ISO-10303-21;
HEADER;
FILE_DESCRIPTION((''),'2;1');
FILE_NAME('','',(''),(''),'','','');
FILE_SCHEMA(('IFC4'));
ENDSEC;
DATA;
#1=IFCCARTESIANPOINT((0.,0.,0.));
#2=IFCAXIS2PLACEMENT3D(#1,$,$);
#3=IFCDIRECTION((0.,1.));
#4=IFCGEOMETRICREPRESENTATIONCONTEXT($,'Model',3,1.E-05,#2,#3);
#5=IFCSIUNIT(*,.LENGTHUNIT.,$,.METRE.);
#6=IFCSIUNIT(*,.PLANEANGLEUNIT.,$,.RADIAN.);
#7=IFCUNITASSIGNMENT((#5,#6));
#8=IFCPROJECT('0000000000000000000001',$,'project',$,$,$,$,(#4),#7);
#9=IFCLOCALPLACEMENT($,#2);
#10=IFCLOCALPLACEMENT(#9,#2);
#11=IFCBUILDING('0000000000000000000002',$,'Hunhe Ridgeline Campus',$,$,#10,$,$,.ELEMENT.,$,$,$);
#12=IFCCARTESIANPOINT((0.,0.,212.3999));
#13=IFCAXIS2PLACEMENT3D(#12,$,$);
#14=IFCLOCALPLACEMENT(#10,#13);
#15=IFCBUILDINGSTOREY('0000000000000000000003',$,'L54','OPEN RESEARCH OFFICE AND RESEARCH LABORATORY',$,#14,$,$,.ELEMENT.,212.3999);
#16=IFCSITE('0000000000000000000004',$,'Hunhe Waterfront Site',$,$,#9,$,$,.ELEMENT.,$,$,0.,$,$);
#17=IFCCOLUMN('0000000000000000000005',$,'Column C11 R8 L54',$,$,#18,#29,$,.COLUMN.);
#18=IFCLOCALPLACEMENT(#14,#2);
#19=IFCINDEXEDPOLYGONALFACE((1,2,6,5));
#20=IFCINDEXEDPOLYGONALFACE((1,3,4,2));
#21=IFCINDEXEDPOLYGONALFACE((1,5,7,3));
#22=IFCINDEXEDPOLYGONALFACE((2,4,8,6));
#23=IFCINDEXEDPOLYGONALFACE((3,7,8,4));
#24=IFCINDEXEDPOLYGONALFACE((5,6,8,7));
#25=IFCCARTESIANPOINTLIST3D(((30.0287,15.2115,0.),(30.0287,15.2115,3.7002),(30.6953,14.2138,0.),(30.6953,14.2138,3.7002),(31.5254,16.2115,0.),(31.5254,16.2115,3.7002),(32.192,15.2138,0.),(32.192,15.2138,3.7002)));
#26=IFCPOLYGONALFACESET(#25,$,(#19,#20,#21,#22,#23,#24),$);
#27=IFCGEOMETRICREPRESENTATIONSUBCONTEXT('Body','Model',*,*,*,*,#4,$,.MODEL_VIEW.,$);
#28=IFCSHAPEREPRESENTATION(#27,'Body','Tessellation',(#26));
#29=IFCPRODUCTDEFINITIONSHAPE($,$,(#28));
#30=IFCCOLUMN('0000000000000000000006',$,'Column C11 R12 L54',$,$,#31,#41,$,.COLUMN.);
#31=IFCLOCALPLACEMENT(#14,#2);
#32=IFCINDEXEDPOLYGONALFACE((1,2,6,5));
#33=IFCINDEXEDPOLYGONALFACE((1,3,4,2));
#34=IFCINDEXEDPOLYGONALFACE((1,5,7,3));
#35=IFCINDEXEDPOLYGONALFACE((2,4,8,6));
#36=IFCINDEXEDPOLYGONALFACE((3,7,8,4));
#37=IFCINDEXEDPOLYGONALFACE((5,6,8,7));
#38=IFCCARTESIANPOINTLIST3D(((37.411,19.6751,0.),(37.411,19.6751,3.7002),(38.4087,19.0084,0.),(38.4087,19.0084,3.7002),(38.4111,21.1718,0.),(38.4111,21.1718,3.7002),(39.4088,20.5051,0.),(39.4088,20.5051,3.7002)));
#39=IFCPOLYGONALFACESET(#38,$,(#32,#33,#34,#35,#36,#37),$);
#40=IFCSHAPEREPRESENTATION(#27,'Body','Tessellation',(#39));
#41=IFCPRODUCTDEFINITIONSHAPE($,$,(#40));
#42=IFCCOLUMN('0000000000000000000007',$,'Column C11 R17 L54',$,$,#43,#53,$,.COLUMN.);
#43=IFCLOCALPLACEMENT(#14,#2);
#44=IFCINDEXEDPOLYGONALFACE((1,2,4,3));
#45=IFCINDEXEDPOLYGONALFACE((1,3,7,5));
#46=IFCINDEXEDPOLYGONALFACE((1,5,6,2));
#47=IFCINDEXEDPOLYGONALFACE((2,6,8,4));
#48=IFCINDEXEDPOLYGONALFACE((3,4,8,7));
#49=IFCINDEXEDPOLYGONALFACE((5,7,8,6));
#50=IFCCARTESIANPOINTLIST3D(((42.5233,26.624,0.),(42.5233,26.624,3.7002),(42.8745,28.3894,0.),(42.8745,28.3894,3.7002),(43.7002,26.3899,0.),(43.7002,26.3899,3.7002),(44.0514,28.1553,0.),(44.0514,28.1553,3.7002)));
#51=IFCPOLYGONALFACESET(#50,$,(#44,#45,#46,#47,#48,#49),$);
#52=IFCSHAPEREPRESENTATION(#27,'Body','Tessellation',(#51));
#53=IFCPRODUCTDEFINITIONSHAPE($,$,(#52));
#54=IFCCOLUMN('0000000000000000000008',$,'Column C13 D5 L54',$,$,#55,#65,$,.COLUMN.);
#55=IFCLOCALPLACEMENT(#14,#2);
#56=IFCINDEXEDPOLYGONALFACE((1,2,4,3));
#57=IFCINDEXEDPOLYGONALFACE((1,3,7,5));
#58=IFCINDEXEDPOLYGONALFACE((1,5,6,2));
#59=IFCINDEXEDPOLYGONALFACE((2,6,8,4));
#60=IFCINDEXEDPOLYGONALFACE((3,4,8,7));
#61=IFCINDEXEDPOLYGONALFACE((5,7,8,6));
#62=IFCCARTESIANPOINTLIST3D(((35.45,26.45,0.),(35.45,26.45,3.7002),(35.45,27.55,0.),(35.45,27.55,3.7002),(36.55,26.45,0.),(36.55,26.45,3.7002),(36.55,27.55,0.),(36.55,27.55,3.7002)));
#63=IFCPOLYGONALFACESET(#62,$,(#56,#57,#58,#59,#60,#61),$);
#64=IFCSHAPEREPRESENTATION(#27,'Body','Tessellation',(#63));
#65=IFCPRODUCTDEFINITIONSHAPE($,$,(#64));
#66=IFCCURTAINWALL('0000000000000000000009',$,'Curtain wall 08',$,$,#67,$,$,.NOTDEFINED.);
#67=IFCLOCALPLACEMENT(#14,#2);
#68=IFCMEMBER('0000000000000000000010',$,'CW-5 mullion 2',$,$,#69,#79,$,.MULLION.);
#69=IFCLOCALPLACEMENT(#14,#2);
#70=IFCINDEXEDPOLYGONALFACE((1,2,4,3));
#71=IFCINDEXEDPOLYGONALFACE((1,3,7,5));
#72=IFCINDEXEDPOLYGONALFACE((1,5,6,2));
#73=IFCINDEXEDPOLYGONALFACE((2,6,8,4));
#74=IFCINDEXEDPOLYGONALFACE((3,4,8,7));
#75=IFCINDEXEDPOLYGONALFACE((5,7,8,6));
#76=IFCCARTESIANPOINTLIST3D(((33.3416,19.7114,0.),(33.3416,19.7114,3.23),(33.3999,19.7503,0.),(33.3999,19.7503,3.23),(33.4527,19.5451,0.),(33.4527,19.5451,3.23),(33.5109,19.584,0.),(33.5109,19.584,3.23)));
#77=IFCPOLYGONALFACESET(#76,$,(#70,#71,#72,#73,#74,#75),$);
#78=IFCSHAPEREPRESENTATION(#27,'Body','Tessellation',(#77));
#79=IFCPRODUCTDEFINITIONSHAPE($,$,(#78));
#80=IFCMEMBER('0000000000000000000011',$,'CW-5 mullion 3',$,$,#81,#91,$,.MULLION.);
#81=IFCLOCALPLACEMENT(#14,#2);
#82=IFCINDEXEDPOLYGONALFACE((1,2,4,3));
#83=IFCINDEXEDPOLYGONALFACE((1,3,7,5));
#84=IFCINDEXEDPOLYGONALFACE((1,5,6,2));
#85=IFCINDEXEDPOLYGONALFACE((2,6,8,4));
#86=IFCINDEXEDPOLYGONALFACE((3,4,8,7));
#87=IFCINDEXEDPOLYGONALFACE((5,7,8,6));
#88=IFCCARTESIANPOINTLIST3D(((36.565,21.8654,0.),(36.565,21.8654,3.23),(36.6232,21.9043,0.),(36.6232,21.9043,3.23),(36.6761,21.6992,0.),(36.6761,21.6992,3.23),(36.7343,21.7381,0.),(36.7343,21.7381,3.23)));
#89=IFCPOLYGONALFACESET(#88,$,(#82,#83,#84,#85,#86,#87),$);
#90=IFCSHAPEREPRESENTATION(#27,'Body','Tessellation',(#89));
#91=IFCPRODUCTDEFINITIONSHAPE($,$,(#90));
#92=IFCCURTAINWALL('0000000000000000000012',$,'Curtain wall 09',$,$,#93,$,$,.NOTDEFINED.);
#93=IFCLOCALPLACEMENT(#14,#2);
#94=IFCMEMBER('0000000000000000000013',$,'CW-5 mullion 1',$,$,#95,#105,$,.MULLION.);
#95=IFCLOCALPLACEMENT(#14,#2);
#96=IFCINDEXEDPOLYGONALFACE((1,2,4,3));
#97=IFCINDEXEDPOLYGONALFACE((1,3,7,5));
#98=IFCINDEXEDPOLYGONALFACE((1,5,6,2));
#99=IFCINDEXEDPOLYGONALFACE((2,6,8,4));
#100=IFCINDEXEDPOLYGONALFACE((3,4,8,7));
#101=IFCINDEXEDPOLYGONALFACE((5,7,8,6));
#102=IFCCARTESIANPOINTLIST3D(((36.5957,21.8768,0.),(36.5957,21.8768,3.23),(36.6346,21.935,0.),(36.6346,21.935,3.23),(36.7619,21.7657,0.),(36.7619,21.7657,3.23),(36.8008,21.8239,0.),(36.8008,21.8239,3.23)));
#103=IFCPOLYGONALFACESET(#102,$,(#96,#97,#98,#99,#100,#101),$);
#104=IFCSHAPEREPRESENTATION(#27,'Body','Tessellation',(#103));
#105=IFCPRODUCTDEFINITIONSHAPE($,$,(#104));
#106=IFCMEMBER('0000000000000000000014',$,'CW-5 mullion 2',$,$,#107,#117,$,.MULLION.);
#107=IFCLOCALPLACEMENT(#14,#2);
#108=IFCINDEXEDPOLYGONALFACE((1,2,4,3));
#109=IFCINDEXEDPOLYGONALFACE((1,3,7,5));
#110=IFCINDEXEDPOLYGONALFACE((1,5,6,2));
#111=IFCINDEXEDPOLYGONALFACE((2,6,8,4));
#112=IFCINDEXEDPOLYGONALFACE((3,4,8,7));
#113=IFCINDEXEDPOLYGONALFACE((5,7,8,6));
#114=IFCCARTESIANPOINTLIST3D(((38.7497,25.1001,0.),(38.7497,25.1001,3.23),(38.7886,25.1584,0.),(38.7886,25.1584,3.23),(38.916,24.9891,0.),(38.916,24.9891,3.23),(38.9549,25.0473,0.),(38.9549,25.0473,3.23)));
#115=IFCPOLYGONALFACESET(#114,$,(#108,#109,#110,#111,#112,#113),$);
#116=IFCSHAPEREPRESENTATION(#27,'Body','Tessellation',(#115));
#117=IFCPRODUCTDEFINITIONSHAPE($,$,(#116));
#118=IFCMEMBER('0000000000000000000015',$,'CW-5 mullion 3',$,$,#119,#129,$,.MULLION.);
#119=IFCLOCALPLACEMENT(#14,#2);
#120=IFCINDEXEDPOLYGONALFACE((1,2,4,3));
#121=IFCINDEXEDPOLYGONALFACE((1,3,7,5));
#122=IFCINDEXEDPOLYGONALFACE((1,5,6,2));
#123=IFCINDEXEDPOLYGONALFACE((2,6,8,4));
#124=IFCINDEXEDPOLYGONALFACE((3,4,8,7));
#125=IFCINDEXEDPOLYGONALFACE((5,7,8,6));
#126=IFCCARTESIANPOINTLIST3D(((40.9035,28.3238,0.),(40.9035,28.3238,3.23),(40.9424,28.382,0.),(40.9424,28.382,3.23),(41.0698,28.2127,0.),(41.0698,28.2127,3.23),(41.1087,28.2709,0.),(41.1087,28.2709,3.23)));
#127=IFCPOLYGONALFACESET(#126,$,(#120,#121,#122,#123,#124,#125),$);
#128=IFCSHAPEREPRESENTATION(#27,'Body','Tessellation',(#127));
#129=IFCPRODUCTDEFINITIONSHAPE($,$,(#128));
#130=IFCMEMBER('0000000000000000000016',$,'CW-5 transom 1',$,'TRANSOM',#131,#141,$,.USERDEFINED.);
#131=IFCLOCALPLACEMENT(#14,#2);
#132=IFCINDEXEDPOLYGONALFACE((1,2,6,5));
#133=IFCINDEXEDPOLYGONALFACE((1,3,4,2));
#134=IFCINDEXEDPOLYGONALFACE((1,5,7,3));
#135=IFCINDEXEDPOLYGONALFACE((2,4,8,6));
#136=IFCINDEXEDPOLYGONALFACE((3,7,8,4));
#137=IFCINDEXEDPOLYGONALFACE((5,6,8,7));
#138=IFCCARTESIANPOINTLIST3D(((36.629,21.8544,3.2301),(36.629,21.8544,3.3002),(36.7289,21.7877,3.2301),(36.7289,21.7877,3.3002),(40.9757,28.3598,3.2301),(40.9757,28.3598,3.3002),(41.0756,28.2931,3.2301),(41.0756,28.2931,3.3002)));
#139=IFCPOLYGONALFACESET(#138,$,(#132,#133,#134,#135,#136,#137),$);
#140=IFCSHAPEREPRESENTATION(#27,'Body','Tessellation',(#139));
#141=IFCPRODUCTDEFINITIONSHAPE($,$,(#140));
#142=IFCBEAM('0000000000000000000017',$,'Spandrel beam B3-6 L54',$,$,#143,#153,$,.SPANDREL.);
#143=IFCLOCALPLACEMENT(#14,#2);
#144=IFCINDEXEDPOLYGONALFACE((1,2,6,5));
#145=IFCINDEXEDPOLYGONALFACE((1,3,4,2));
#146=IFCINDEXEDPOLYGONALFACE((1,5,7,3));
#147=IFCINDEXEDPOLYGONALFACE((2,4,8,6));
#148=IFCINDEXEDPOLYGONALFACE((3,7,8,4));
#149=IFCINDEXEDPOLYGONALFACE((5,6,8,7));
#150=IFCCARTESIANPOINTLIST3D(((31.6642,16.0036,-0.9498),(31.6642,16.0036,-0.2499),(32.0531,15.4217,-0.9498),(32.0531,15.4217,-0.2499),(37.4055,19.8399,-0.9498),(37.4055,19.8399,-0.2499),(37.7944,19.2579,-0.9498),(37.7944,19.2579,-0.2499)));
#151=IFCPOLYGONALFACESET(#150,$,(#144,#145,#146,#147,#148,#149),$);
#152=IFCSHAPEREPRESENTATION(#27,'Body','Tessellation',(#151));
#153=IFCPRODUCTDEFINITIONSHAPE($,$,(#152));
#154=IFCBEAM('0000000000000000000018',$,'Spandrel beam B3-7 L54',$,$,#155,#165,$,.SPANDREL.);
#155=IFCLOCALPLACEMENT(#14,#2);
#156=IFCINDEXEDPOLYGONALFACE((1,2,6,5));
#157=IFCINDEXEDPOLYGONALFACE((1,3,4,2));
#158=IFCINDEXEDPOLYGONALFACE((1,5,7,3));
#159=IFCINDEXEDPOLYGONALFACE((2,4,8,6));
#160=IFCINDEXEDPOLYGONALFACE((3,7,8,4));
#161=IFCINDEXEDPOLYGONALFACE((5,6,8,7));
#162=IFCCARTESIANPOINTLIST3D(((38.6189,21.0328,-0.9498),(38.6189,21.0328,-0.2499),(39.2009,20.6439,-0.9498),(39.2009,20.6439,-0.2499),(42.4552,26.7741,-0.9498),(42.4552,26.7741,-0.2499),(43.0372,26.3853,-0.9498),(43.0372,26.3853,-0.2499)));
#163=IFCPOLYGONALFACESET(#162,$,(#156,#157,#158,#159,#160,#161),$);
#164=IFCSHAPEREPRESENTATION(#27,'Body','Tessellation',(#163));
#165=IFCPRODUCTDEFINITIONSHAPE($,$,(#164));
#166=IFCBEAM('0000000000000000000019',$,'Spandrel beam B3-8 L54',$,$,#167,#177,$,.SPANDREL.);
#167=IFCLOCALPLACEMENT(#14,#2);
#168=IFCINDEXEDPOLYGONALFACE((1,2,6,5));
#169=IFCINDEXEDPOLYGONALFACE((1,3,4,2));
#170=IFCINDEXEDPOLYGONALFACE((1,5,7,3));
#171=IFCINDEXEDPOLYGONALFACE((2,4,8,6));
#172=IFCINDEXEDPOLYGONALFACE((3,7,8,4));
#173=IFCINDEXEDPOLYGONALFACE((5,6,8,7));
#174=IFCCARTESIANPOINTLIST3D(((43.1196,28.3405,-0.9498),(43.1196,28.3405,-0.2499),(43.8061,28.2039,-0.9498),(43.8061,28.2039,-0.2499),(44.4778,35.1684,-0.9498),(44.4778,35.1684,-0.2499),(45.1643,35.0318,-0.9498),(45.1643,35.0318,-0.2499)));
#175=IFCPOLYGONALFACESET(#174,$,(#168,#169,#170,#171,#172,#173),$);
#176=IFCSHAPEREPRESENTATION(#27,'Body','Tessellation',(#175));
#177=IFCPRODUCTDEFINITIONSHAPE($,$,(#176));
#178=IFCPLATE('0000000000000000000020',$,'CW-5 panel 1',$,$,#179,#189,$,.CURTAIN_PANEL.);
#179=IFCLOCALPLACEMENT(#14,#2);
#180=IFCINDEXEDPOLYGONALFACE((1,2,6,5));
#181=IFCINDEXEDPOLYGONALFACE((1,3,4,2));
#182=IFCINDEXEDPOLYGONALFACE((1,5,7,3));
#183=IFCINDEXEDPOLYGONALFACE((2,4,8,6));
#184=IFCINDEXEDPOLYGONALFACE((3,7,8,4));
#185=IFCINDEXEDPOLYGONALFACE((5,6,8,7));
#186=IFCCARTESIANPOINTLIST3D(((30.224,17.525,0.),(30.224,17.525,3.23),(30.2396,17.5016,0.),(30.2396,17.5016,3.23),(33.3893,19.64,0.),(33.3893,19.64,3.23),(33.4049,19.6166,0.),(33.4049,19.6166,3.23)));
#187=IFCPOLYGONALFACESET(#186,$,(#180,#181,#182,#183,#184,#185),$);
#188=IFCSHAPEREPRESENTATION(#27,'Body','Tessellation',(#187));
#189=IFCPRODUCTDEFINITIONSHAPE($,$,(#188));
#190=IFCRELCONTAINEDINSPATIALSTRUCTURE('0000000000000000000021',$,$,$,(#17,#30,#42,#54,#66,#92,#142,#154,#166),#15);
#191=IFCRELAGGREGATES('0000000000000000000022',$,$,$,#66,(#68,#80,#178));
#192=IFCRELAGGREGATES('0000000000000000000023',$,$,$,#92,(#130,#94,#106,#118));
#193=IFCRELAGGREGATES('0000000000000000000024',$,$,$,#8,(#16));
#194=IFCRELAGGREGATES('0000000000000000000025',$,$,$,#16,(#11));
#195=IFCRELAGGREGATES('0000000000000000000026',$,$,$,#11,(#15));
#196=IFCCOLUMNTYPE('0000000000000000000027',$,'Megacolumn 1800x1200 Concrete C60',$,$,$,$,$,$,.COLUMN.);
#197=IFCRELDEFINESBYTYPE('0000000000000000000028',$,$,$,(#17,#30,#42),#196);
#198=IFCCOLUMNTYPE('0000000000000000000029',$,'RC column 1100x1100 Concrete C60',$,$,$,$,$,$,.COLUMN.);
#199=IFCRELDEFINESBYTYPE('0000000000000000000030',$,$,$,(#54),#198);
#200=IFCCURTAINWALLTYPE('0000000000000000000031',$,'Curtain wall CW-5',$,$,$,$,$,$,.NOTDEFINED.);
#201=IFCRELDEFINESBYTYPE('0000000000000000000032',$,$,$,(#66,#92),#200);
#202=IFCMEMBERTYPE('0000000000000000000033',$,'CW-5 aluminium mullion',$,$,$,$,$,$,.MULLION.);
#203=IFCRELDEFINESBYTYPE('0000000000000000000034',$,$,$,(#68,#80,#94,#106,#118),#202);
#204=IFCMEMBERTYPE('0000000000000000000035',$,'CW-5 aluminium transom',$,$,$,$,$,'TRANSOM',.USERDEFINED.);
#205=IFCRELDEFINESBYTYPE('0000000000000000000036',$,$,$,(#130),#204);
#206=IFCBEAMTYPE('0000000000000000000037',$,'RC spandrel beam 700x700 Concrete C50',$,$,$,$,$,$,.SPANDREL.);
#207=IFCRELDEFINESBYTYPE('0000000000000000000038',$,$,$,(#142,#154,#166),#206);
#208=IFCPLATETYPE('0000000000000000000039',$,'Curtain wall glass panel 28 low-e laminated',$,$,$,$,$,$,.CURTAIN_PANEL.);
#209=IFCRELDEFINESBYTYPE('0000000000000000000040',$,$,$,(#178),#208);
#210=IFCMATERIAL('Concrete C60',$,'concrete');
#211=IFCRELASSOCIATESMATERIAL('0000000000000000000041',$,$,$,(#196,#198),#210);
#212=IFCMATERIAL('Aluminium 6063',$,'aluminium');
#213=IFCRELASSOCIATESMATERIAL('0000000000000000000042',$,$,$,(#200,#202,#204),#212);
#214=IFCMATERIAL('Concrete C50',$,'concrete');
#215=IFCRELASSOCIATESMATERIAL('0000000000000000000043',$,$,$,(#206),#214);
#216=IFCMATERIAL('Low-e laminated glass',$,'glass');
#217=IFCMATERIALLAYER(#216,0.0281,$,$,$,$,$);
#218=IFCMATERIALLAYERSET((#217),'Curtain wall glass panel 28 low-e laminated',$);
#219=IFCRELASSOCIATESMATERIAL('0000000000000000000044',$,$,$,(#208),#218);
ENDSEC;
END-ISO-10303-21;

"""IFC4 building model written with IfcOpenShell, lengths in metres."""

from ifc_helpers import new_model, si_unit, direction, frame, origin, origin_2d, place, context, subcontext, project, spatial, rectangle, extrude, material, layer, layer_set, material_profile, profile_set, type_object, element, aggregate, save


model = new_model("IFC4")

# Units and contexts
model_context = context("Model", 3, precision=1e-05, world=origin(), true_north=direction((0.0, 1.0)))
body_context = subcontext(model_context, "Body", "Model", "MODEL_VIEW")
ifc_project = project(units=[si_unit("LENGTHUNIT", "METRE"), si_unit("PLANEANGLEUNIT", "RADIAN")], contexts=[model_context])

# Site, building, storey
site_placement = place(None, origin())
site = spatial("IfcSite", under=ifc_project, at=site_placement, Name="Hunhe Waterfront Site", CompositionType="ELEMENT", RefElevation=0.0)
building_placement = place(site_placement, origin())
building = spatial("IfcBuilding", under=site, at=building_placement, Name="Hunhe Ridgeline Campus", CompositionType="ELEMENT")
storey_placement = place(building_placement, frame((0.0, 0.0, 212.3999)))
storey = spatial("IfcBuildingStorey", under=building, at=storey_placement, Name="L54", Description="OPEN RESEARCH OFFICE AND RESEARCH LABORATORY", CompositionType="ELEMENT", Elevation=212.3999)

# Columns
ifc_material_1 = material(Name="Concrete C60", Category="concrete")
ifc_material_profile_1 = material_profile(ifc_material_1, rectangle(XDim=1.8, YDim=1.2, at=origin_2d()))
ifc_profile_set_1 = profile_set([ifc_material_profile_1], Name="Concrete C60")
column_type_1 = type_object("IfcColumnType", Name="Megacolumn 1800x1200 Concrete C60", PredefinedType="COLUMN", material=ifc_profile_set_1)
for number, where, z_axis, x_axis, name in (
    (1, (31.1104, 15.2126, 0.0), (0.0, 0.0, 1.0), (0.83147, 0.55557, 0.0), "Column C11 R8 L54"),
    (2, (38.4099, 20.0901, 0.0), (0.0, 0.0, 1.0), (0.55557, 0.83147, 0.0), "Column C11 R12 L54"),
    (3, (43.2874, 27.3896, 0.0), (0.0, 0.0, 1.0), (0.19509, 0.980785, 0.0), "Column C11 R17 L54"),
):
    element("IfcColumn", number, at=place(storey_placement, frame(where, z_axis=z_axis, x_axis=x_axis)), inside=storey, type_object=column_type_1, Name=name, PredefinedType="COLUMN", context=body_context, shape_type="SweptSolid", body=[
        extrude(rectangle(XDim=1.8, YDim=1.2, at=origin_2d()), origin(), (0.0, 0.0, 1.0), 3.7002),
    ])
ifc_material_profile_2 = material_profile(ifc_material_1, rectangle(XDim=1.1001, YDim=1.1001, at=origin_2d()))
ifc_profile_set_2 = profile_set([ifc_material_profile_2], Name="Concrete C60")
column_type_2 = type_object("IfcColumnType", Name="RC column 1100x1100 Concrete C60", PredefinedType="COLUMN", material=ifc_profile_set_2)
column_placement = place(storey_placement, frame((36.0, 27.0, 0.0), z_axis=(0.0, 0.0, 1.0), x_axis=(1.0, 0.0, 0.0)))
element("IfcColumn", 4, at=column_placement, inside=storey, type_object=column_type_2, Name="Column C13 D5 L54", PredefinedType="COLUMN", context=body_context, shape_type="SweptSolid", body=[
    extrude(rectangle(XDim=1.1001, YDim=1.1001, at=origin_2d()), origin(), (0.0, 0.0, 1.0), 3.7002),
])

# Curtain walls, members
ifc_material_2 = material(Name="Aluminium 6063", Category="aluminium")
curtain_wall_type = type_object("IfcCurtainWallType", Name="Curtain wall CW-5", PredefinedType="NOTDEFINED", material=ifc_material_2)
curtain_wall_1_placement = place(storey_placement, origin())
curtain_wall_1 = element("IfcCurtainWall", 5, at=curtain_wall_1_placement, inside=storey, type_object=curtain_wall_type, Name="Curtain wall 08", PredefinedType="NOTDEFINED")
ifc_material_profile_3 = material_profile(ifc_material_2, rectangle(XDim=0.2, YDim=0.0701, at=origin_2d()))
ifc_profile_set_3 = profile_set([ifc_material_profile_3], Name="Aluminium 6063")
member_type_1 = type_object("IfcMemberType", Name="CW-5 aluminium mullion", PredefinedType="MULLION", material=ifc_profile_set_3)
member_1_placement = place(storey_placement, frame((33.4263, 19.6477, 0.0), z_axis=(0.0, 0.0, 1.0), x_axis=(-0.55557, 0.83147, 0.0)))
member_1 = element("IfcMember", 6, at=member_1_placement, type_object=member_type_1, Name="CW-5 mullion 2", PredefinedType="MULLION", context=body_context, shape_type="SweptSolid", body=[
    extrude(rectangle(XDim=0.2, YDim=0.0701, at=origin_2d()), origin(), (0.0, 0.0, 1.0), 3.23),
])
member_2_placement = place(storey_placement, frame((36.6497, 21.8018, 0.0), z_axis=(0.0, 0.0, 1.0), x_axis=(-0.55557, 0.83147, 0.0)))
member_2 = element("IfcMember", 7, at=member_2_placement, type_object=member_type_1, Name="CW-5 mullion 3", PredefinedType="MULLION", context=body_context, shape_type="SweptSolid", body=[
    extrude(rectangle(XDim=0.2, YDim=0.0701, at=origin_2d()), origin(), (0.0, 0.0, 1.0), 3.23),
])
curtain_wall_2_placement = place(storey_placement, origin())
curtain_wall_2 = element("IfcCurtainWall", 8, at=curtain_wall_2_placement, inside=storey, type_object=curtain_wall_type, Name="Curtain wall 09", PredefinedType="NOTDEFINED")
member_3_placement = place(storey_placement, frame((36.6982, 21.8503, 0.0), z_axis=(0.0, 0.0, 1.0), x_axis=(-0.83147, 0.55557, 0.0)))
member_3 = element("IfcMember", 9, at=member_3_placement, type_object=member_type_1, Name="CW-5 mullion 1", PredefinedType="MULLION", context=body_context, shape_type="SweptSolid", body=[
    extrude(rectangle(XDim=0.2, YDim=0.0701, at=origin_2d()), origin(), (0.0, 0.0, 1.0), 3.23),
])
member_4_placement = place(storey_placement, frame((38.8523, 25.0737, 0.0), z_axis=(0.0, 0.0, 1.0), x_axis=(-0.83147, 0.55557, 0.0)))
member_4 = element("IfcMember", 10, at=member_4_placement, type_object=member_type_1, Name="CW-5 mullion 2", PredefinedType="MULLION", context=body_context, shape_type="SweptSolid", body=[
    extrude(rectangle(XDim=0.2, YDim=0.0701, at=origin_2d()), origin(), (0.0, 0.0, 1.0), 3.23),
])
member_5_placement = place(storey_placement, frame((41.0061, 28.2974, 0.0), z_axis=(0.0, 0.0, 1.0), x_axis=(-0.83147, 0.55557, 0.0)))
member_5 = element("IfcMember", 11, at=member_5_placement, type_object=member_type_1, Name="CW-5 mullion 3", PredefinedType="MULLION", context=body_context, shape_type="SweptSolid", body=[
    extrude(rectangle(XDim=0.2, YDim=0.0701, at=origin_2d()), origin(), (0.0, 0.0, 1.0), 3.23),
])
ifc_material_profile_4 = material_profile(ifc_material_2, rectangle(XDim=0.1201, YDim=0.0701, at=origin_2d()))
ifc_profile_set_4 = profile_set([ifc_material_profile_4], Name="Aluminium 6063")
member_type_2 = type_object("IfcMemberType", Name="CW-5 aluminium transom", ElementType="TRANSOM", PredefinedType="USERDEFINED", material=ifc_profile_set_4)
member_6_placement = place(storey_placement, frame((36.679, 21.821, 3.2651), z_axis=(0.555564, 0.831474, 0.0), x_axis=(-0.831474, 0.555564, 0.0)))
member_6 = element("IfcMember", 12, at=member_6_placement, type_object=member_type_2, Name="CW-5 transom 1", ObjectType="TRANSOM", PredefinedType="USERDEFINED", context=body_context, shape_type="SweptSolid", body=[
    extrude(rectangle(XDim=0.1201, YDim=0.0701, at=origin_2d()), origin(), (0.0, 0.0, 1.0), 7.824),
])

# Beams
ifc_material_3 = material(Name="Concrete C50", Category="concrete")
ifc_material_profile_5 = material_profile(ifc_material_3, rectangle(XDim=0.7, YDim=0.7, at=origin_2d()))
ifc_profile_set_5 = profile_set([ifc_material_profile_5], Name="Concrete C50")
beam_type = type_object("IfcBeamType", Name="RC spandrel beam 700x700 Concrete C50", PredefinedType="SPANDREL", material=ifc_profile_set_5)
for number, where, z_axis, x_axis, name in (
    (13, (31.8586, 15.7126, -0.5999), (0.831468, 0.555573, 0.0), (-0.555573, 0.831468, 0.0), "Spandrel beam B3-6 L54"),
    (14, (38.9099, 20.8384, -0.5999), (0.555573, 0.831468, 0.0), (-0.831468, 0.555573, 0.0), "Spandrel beam B3-7 L54"),
):
    element("IfcBeam", number, at=place(storey_placement, frame(where, z_axis=z_axis, x_axis=x_axis)), inside=storey, type_object=beam_type, Name=name, PredefinedType="SPANDREL", context=body_context, shape_type="SweptSolid", body=[
        extrude(rectangle(XDim=0.7, YDim=0.7, at=origin_2d()), origin(), (0.0, 0.0, 1.0), 6.905),
    ])
beam_placement = place(storey_placement, frame((43.4629, 28.2722, -0.5999), z_axis=(0.195091, 0.980785, 0.0), x_axis=(-0.980785, 0.195091, 0.0)))
element("IfcBeam", 15, at=beam_placement, inside=storey, type_object=beam_type, Name="Spandrel beam B3-8 L54", PredefinedType="SPANDREL", context=body_context, shape_type="SweptSolid", body=[
    extrude(rectangle(XDim=0.7, YDim=0.7, at=origin_2d()), origin(), (0.0, 0.0, 1.0), 6.9617),
])

# Plate
ifc_material_4 = material(Name="Low-e laminated glass", Category="glass")
ifc_layer_1 = layer(ifc_material_4, 0.0281)
ifc_layer_set_1 = layer_set([ifc_layer_1], Name="Curtain wall glass panel 28 low-e laminated")
plate_type = type_object("IfcPlateType", Name="Curtain wall glass panel 28 low-e laminated", PredefinedType="CURTAIN_PANEL", material=ifc_layer_set_1)
plate_1_placement = place(storey_placement, frame((31.8145, 18.5708, 0.0), z_axis=(0.0, 0.0, 1.0), x_axis=(0.83147, 0.55557, 0.0)))
plate_1 = element("IfcPlate", 16, at=plate_1_placement, type_object=plate_type, Name="CW-5 panel 1", PredefinedType="CURTAIN_PANEL", context=body_context, shape_type="SweptSolid", body=[
    extrude(rectangle(XDim=3.8069, YDim=0.0281, at=origin_2d()), origin(), (0.0, 0.0, 1.0), 3.23),
])
aggregate(curtain_wall_1, [member_1, member_2, plate_1])
aggregate(curtain_wall_2, [member_6, member_3, member_4, member_5])

save(model, "model.ifc")
